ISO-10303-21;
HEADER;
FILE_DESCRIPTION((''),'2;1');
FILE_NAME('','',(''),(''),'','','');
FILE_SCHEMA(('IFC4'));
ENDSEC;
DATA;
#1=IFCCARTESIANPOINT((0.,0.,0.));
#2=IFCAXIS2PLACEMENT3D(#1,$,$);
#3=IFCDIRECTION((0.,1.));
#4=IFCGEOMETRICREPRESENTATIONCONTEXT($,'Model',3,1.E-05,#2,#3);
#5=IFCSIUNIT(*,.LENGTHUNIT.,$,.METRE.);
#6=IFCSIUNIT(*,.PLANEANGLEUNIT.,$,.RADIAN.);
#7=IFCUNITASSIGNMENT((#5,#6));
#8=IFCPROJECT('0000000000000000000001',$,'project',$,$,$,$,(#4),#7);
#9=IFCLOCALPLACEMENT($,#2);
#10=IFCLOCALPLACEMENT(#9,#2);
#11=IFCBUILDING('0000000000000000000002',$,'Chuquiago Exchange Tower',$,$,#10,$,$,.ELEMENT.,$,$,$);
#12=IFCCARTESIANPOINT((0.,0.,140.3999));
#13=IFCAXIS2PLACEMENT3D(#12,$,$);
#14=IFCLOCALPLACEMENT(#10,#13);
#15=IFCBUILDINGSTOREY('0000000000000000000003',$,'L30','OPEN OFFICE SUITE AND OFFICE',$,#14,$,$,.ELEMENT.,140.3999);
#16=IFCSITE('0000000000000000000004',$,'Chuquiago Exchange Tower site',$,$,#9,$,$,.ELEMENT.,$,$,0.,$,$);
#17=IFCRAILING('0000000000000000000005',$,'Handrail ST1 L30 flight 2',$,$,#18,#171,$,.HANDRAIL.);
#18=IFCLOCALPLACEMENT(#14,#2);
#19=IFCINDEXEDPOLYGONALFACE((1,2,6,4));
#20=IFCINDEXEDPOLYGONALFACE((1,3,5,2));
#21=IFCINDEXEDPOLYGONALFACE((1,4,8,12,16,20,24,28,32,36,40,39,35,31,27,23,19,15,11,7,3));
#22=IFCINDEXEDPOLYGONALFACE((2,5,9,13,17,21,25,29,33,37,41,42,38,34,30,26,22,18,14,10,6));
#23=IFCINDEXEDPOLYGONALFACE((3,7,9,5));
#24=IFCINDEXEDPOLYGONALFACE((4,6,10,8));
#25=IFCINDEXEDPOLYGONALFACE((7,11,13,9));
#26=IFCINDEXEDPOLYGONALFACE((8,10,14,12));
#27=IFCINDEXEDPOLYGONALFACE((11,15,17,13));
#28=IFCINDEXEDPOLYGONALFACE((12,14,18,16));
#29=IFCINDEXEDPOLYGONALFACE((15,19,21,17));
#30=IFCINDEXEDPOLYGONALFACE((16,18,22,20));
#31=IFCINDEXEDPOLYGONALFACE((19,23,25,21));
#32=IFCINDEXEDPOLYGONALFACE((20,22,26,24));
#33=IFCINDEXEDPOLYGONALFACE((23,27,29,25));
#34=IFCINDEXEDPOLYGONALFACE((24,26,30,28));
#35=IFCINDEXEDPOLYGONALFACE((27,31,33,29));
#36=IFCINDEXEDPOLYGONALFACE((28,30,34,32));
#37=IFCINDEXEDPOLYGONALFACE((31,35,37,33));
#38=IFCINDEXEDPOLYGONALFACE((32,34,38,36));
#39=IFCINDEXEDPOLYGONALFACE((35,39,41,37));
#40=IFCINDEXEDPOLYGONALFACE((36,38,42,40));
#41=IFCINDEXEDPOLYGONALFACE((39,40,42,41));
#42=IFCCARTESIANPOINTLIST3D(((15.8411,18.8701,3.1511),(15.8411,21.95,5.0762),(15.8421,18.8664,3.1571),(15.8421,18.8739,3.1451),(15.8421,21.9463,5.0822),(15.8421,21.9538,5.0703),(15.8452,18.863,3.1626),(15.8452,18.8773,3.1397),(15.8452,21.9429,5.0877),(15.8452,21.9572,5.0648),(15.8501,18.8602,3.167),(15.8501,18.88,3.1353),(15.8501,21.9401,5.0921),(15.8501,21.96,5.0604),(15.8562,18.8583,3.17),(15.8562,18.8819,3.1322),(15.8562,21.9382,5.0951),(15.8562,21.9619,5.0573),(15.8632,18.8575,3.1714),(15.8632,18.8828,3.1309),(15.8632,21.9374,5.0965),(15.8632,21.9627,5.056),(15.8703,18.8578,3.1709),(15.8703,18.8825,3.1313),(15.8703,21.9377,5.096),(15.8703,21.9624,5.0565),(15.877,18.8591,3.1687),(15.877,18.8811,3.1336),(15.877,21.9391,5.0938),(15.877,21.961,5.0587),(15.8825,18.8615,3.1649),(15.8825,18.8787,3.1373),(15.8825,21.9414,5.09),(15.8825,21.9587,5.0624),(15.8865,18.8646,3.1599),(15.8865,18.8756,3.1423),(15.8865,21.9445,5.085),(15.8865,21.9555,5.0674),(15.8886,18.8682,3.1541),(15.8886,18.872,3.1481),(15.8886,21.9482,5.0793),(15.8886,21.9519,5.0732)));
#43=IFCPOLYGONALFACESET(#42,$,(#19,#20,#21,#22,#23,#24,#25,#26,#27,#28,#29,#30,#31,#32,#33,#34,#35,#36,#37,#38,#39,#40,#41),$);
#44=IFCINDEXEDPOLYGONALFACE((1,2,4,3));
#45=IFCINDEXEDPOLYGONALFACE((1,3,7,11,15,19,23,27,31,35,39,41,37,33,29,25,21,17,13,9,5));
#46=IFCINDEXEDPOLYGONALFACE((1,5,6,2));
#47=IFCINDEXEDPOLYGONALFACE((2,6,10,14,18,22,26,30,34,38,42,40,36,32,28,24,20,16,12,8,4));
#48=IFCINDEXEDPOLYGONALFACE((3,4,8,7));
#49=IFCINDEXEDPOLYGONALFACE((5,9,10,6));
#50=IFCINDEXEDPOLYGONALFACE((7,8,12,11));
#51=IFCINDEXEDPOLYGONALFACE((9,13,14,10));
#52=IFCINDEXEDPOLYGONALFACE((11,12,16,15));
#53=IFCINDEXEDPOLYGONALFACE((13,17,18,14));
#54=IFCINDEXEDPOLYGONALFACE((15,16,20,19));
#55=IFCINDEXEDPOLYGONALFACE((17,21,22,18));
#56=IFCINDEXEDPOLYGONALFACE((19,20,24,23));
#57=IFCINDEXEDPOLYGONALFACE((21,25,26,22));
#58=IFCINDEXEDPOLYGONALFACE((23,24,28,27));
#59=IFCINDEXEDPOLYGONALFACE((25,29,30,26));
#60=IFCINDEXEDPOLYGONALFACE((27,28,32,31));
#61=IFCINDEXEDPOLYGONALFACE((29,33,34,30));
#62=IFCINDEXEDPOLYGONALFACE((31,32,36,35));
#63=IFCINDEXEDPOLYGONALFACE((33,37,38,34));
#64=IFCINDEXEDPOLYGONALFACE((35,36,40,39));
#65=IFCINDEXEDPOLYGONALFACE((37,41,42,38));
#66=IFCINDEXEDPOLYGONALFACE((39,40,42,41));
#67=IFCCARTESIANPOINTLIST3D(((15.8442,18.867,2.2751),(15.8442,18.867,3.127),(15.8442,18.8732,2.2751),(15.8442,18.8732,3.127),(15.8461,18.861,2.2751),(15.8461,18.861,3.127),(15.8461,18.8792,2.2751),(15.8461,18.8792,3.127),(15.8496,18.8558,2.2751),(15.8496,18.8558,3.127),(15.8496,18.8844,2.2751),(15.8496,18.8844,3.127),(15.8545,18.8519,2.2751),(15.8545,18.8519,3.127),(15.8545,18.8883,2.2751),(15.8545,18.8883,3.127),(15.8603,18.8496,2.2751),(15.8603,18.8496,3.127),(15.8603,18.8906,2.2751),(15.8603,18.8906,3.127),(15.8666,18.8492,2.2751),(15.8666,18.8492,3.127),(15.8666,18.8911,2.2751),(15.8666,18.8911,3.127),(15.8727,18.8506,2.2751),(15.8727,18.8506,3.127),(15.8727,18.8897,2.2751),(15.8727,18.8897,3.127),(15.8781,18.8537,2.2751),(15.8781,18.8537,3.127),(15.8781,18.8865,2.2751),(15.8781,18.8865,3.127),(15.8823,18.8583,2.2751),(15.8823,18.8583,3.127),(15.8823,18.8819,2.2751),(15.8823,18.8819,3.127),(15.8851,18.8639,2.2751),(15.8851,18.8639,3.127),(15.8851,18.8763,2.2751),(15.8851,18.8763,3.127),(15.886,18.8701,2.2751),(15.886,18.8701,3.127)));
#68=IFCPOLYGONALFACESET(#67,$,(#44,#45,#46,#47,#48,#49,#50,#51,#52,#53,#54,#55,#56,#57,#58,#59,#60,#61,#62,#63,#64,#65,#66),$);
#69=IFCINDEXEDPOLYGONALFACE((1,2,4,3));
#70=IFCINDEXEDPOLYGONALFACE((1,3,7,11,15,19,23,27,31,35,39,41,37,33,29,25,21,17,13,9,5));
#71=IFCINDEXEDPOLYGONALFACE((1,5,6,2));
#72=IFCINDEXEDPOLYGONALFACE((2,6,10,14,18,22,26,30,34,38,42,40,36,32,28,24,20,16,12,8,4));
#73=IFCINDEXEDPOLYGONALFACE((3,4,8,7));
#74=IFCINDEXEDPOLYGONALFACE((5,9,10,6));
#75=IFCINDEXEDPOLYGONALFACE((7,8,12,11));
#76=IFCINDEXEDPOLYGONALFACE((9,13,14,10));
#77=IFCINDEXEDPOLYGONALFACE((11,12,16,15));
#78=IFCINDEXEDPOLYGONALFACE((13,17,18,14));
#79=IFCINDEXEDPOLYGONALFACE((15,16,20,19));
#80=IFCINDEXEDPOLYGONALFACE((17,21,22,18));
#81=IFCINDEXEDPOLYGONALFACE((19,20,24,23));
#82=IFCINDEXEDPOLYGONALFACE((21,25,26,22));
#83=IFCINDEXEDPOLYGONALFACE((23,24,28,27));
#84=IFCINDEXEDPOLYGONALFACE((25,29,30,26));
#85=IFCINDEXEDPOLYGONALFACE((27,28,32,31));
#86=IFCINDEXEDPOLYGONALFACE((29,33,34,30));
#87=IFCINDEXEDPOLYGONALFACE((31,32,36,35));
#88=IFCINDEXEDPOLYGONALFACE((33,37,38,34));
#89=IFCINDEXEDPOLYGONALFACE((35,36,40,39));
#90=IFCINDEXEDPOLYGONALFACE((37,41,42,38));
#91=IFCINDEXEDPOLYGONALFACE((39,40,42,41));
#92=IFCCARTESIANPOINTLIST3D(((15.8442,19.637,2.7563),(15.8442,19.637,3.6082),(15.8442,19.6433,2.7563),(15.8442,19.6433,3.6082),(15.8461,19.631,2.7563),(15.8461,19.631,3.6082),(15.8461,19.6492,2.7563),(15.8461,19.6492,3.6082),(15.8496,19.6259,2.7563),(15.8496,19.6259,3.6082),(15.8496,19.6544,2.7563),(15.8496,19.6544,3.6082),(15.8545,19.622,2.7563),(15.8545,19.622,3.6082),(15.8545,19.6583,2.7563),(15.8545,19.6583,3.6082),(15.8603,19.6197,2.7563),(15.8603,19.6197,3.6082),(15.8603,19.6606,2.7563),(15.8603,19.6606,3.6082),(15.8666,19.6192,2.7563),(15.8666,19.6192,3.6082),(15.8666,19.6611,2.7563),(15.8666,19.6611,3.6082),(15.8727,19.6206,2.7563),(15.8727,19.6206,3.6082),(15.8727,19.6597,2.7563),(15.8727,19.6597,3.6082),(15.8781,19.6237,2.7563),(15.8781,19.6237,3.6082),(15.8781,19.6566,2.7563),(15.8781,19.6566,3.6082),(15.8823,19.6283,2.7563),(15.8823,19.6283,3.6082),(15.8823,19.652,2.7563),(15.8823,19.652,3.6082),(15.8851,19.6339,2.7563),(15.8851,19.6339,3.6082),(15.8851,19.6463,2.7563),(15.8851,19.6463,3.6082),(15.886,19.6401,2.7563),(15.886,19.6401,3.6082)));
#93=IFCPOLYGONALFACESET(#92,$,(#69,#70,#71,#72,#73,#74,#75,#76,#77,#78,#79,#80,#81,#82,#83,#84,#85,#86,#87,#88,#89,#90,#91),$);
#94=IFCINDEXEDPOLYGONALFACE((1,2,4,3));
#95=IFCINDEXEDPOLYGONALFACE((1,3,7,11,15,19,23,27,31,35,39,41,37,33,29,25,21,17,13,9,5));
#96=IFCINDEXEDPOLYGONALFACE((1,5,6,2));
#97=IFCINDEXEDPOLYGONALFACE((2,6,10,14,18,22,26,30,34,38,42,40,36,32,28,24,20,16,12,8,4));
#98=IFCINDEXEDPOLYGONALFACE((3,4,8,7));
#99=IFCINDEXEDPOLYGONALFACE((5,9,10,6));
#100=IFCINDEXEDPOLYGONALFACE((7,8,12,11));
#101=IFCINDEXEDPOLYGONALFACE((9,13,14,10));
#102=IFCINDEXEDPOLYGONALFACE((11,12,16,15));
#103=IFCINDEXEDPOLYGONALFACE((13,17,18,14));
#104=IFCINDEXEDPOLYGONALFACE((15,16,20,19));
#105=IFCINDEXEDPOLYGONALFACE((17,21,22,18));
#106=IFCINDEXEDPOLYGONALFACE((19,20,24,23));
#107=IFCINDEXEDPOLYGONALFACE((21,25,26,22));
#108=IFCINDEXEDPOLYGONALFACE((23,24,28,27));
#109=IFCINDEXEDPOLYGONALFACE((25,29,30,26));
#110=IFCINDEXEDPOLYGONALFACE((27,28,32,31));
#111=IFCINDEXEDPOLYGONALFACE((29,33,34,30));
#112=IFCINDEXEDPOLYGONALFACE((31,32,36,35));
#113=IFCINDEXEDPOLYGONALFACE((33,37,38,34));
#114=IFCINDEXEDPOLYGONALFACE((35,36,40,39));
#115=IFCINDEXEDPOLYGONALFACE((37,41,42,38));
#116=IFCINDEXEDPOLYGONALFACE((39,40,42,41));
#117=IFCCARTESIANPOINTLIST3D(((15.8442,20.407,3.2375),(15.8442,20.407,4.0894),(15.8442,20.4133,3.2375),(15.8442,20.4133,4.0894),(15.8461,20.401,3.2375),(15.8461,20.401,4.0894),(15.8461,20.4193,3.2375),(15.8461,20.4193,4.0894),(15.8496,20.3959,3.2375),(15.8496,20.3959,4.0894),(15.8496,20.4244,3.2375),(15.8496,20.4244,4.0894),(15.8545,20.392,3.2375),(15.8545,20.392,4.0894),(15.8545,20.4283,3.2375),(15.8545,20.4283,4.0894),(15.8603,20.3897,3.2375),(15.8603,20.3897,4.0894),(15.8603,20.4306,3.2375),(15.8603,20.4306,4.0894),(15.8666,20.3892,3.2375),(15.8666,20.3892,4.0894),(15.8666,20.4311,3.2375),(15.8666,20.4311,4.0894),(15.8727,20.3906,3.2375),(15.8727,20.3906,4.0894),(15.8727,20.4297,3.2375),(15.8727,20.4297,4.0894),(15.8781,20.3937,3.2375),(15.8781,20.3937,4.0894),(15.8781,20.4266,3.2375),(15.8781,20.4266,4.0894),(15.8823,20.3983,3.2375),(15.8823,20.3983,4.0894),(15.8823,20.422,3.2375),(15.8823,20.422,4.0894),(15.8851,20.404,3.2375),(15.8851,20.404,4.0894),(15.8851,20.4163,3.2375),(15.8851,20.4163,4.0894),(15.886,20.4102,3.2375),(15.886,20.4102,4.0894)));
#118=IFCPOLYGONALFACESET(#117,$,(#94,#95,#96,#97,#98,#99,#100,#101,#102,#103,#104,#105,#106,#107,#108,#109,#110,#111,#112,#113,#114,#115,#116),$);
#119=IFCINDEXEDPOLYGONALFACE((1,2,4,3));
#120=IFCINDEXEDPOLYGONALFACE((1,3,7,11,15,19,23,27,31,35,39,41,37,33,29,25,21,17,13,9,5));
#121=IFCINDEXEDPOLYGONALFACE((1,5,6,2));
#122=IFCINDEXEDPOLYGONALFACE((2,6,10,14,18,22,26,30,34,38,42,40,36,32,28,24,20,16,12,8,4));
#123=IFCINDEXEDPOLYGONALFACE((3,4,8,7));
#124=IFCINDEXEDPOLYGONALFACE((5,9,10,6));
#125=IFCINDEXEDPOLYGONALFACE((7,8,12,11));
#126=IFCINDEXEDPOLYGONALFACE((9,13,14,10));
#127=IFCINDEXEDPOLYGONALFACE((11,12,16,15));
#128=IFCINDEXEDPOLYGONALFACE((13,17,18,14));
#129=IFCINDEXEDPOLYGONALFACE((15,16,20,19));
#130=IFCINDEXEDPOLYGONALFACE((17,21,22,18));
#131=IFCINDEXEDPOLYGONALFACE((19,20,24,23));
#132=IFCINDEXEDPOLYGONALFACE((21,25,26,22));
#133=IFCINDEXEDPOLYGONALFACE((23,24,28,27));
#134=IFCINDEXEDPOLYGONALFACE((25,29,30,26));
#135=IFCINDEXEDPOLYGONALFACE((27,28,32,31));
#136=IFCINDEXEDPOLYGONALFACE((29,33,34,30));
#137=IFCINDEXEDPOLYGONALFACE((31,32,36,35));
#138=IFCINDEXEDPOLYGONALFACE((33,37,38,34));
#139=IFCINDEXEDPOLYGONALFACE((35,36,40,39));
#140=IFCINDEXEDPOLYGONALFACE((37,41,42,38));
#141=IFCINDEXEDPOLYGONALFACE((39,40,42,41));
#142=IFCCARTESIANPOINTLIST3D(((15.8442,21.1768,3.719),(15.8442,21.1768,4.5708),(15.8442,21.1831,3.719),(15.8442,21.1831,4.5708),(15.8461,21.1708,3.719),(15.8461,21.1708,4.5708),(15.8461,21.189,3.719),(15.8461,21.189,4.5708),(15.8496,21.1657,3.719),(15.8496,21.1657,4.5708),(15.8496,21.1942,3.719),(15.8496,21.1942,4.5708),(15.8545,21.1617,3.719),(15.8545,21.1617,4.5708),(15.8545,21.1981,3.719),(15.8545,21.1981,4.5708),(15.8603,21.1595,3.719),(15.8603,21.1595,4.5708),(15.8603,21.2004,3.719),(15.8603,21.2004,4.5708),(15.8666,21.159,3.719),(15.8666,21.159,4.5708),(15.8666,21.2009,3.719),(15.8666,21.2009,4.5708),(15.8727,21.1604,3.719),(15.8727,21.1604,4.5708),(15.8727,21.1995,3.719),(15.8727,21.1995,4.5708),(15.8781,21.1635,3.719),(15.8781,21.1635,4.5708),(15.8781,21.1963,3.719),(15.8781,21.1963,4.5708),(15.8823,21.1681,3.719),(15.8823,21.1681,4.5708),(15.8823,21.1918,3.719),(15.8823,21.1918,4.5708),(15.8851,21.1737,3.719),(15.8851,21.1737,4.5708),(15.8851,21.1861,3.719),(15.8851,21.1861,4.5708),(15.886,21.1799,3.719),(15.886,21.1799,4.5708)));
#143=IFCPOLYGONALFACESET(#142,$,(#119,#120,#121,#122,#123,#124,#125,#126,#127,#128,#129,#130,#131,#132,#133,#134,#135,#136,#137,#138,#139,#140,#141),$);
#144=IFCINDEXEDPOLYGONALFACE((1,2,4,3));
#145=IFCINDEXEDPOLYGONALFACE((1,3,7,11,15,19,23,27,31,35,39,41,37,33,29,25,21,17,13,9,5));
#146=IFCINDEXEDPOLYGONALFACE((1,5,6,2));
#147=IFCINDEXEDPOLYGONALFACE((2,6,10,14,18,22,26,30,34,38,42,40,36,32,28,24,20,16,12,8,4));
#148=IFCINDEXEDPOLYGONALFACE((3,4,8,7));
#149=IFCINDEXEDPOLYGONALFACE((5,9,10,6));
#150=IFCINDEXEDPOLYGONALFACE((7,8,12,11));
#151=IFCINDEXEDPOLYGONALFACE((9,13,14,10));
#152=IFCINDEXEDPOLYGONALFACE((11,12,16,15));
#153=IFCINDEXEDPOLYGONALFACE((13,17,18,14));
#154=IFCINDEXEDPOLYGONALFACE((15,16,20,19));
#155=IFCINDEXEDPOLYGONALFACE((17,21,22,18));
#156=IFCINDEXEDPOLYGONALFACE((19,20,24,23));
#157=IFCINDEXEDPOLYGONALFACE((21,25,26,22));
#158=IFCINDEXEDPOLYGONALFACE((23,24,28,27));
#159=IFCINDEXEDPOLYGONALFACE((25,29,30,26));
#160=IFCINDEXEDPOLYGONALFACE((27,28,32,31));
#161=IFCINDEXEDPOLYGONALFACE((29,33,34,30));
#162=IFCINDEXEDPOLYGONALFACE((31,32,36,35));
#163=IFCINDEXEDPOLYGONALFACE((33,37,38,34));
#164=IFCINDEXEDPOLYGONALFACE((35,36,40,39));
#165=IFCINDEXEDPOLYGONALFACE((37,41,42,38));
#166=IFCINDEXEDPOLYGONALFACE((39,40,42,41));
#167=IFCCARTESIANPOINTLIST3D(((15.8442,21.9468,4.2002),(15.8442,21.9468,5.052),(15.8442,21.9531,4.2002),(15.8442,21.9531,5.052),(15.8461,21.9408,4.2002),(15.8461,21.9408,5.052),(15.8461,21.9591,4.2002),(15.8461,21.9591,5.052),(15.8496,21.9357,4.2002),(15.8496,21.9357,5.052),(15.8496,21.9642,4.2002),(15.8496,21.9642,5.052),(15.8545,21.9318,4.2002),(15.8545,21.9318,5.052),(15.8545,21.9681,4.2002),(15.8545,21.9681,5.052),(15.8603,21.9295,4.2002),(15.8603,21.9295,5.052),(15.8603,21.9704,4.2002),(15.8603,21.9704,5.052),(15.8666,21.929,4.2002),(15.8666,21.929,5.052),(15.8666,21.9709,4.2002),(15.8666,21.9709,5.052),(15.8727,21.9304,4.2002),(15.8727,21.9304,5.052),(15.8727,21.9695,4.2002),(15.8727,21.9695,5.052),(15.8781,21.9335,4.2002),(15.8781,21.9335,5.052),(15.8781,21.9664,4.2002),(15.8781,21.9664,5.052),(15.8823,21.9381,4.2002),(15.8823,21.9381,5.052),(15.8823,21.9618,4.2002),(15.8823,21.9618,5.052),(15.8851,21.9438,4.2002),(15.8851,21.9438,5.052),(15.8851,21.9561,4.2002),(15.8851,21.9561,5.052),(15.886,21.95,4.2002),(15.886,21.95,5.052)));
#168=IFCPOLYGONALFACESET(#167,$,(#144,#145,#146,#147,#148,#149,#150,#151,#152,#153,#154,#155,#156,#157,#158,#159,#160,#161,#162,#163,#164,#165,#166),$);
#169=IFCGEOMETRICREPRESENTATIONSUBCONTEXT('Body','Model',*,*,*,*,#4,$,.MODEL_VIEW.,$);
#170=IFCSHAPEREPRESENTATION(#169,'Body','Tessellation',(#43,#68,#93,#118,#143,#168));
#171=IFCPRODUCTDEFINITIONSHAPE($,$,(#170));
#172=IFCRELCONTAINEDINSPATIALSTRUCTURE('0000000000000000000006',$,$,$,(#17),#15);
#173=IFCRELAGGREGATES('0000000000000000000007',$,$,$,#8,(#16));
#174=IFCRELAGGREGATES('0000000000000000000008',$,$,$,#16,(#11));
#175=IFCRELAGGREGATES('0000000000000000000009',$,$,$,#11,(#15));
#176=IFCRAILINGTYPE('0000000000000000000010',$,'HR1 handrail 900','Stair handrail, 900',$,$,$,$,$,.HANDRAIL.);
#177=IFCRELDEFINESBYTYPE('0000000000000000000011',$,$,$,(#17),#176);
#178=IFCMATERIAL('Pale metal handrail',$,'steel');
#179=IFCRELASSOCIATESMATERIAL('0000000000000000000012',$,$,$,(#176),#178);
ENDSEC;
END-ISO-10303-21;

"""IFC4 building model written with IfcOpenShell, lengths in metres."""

from ifc_helpers import new_model, si_unit, direction, frame, origin, origin_2d, place, context, subcontext, project, spatial, circle, extrude, material, type_object, element, save


model = new_model("IFC4")

# Units and contexts
model_context = context("Model", 3, precision=1e-05, world=origin(), true_north=direction((0.0, 1.0)))
body_context = subcontext(model_context, "Body", "Model", "MODEL_VIEW")
ifc_project = project(units=[si_unit("LENGTHUNIT", "METRE"), si_unit("PLANEANGLEUNIT", "RADIAN")], contexts=[model_context])

# Site, building, storey
site_placement = place(None, origin())
site = spatial("IfcSite", under=ifc_project, at=site_placement, Name="Chuquiago Exchange Tower site", CompositionType="ELEMENT", RefElevation=0.0)
building_placement = place(site_placement, origin())
building = spatial("IfcBuilding", under=site, at=building_placement, Name="Chuquiago Exchange Tower", CompositionType="ELEMENT")
storey_placement = place(building_placement, frame((0.0, 0.0, 140.3999)))
storey = spatial("IfcBuildingStorey", under=building, at=storey_placement, Name="L30", Description="OPEN OFFICE SUITE AND OFFICE", CompositionType="ELEMENT", Elevation=140.3999)

# Railing
ifc_material_1 = material(Name="Pale metal handrail", Category="steel")
railing_type_1 = type_object("IfcRailingType", Name="HR1 handrail 900", Description="Stair handrail, 900", PredefinedType="HANDRAIL", material=ifc_material_1)
for number, where, name in (
    (1, (15.865, 18.8701, 2.2751), "Handrail ST1 L30 flight 2"),
):
    element("IfcRailing", number, at=place(storey_placement, frame(where)), inside=storey, type_object=railing_type_1, Name=name, PredefinedType="HANDRAIL", context=body_context, shape_type="SweptSolid", body=[
        extrude(circle(Radius=0.0239, at=origin_2d()), frame((0.0, 0.0, 0.876), z_axis=(0.0, 0.847979, 0.530029), x_axis=(-1.0, 0.0, 0.0)), (0.0, 0.0, 1.0), 3.6321),
        extrude(circle(Radius=0.021, at=origin_2d()), origin(), (0.0, 0.0, 1.0), 0.8518),
        extrude(circle(Radius=0.021, at=origin_2d()), frame((0.0, 0.77, 0.4812)), (0.0, 0.0, 1.0), 0.8518),
        extrude(circle(Radius=0.021, at=origin_2d()), frame((0.0, 1.54, 0.9624)), (0.0, 0.0, 1.0), 0.8518),
        extrude(circle(Radius=0.021, at=origin_2d()), frame((0.0, 2.3098, 1.4438)), (0.0, 0.0, 1.0), 0.8518),
        extrude(circle(Radius=0.021, at=origin_2d()), frame((0.0, 3.0798, 1.925)), (0.0, 0.0, 1.0), 0.8518),
    ])

save(model, "model.ifc")
